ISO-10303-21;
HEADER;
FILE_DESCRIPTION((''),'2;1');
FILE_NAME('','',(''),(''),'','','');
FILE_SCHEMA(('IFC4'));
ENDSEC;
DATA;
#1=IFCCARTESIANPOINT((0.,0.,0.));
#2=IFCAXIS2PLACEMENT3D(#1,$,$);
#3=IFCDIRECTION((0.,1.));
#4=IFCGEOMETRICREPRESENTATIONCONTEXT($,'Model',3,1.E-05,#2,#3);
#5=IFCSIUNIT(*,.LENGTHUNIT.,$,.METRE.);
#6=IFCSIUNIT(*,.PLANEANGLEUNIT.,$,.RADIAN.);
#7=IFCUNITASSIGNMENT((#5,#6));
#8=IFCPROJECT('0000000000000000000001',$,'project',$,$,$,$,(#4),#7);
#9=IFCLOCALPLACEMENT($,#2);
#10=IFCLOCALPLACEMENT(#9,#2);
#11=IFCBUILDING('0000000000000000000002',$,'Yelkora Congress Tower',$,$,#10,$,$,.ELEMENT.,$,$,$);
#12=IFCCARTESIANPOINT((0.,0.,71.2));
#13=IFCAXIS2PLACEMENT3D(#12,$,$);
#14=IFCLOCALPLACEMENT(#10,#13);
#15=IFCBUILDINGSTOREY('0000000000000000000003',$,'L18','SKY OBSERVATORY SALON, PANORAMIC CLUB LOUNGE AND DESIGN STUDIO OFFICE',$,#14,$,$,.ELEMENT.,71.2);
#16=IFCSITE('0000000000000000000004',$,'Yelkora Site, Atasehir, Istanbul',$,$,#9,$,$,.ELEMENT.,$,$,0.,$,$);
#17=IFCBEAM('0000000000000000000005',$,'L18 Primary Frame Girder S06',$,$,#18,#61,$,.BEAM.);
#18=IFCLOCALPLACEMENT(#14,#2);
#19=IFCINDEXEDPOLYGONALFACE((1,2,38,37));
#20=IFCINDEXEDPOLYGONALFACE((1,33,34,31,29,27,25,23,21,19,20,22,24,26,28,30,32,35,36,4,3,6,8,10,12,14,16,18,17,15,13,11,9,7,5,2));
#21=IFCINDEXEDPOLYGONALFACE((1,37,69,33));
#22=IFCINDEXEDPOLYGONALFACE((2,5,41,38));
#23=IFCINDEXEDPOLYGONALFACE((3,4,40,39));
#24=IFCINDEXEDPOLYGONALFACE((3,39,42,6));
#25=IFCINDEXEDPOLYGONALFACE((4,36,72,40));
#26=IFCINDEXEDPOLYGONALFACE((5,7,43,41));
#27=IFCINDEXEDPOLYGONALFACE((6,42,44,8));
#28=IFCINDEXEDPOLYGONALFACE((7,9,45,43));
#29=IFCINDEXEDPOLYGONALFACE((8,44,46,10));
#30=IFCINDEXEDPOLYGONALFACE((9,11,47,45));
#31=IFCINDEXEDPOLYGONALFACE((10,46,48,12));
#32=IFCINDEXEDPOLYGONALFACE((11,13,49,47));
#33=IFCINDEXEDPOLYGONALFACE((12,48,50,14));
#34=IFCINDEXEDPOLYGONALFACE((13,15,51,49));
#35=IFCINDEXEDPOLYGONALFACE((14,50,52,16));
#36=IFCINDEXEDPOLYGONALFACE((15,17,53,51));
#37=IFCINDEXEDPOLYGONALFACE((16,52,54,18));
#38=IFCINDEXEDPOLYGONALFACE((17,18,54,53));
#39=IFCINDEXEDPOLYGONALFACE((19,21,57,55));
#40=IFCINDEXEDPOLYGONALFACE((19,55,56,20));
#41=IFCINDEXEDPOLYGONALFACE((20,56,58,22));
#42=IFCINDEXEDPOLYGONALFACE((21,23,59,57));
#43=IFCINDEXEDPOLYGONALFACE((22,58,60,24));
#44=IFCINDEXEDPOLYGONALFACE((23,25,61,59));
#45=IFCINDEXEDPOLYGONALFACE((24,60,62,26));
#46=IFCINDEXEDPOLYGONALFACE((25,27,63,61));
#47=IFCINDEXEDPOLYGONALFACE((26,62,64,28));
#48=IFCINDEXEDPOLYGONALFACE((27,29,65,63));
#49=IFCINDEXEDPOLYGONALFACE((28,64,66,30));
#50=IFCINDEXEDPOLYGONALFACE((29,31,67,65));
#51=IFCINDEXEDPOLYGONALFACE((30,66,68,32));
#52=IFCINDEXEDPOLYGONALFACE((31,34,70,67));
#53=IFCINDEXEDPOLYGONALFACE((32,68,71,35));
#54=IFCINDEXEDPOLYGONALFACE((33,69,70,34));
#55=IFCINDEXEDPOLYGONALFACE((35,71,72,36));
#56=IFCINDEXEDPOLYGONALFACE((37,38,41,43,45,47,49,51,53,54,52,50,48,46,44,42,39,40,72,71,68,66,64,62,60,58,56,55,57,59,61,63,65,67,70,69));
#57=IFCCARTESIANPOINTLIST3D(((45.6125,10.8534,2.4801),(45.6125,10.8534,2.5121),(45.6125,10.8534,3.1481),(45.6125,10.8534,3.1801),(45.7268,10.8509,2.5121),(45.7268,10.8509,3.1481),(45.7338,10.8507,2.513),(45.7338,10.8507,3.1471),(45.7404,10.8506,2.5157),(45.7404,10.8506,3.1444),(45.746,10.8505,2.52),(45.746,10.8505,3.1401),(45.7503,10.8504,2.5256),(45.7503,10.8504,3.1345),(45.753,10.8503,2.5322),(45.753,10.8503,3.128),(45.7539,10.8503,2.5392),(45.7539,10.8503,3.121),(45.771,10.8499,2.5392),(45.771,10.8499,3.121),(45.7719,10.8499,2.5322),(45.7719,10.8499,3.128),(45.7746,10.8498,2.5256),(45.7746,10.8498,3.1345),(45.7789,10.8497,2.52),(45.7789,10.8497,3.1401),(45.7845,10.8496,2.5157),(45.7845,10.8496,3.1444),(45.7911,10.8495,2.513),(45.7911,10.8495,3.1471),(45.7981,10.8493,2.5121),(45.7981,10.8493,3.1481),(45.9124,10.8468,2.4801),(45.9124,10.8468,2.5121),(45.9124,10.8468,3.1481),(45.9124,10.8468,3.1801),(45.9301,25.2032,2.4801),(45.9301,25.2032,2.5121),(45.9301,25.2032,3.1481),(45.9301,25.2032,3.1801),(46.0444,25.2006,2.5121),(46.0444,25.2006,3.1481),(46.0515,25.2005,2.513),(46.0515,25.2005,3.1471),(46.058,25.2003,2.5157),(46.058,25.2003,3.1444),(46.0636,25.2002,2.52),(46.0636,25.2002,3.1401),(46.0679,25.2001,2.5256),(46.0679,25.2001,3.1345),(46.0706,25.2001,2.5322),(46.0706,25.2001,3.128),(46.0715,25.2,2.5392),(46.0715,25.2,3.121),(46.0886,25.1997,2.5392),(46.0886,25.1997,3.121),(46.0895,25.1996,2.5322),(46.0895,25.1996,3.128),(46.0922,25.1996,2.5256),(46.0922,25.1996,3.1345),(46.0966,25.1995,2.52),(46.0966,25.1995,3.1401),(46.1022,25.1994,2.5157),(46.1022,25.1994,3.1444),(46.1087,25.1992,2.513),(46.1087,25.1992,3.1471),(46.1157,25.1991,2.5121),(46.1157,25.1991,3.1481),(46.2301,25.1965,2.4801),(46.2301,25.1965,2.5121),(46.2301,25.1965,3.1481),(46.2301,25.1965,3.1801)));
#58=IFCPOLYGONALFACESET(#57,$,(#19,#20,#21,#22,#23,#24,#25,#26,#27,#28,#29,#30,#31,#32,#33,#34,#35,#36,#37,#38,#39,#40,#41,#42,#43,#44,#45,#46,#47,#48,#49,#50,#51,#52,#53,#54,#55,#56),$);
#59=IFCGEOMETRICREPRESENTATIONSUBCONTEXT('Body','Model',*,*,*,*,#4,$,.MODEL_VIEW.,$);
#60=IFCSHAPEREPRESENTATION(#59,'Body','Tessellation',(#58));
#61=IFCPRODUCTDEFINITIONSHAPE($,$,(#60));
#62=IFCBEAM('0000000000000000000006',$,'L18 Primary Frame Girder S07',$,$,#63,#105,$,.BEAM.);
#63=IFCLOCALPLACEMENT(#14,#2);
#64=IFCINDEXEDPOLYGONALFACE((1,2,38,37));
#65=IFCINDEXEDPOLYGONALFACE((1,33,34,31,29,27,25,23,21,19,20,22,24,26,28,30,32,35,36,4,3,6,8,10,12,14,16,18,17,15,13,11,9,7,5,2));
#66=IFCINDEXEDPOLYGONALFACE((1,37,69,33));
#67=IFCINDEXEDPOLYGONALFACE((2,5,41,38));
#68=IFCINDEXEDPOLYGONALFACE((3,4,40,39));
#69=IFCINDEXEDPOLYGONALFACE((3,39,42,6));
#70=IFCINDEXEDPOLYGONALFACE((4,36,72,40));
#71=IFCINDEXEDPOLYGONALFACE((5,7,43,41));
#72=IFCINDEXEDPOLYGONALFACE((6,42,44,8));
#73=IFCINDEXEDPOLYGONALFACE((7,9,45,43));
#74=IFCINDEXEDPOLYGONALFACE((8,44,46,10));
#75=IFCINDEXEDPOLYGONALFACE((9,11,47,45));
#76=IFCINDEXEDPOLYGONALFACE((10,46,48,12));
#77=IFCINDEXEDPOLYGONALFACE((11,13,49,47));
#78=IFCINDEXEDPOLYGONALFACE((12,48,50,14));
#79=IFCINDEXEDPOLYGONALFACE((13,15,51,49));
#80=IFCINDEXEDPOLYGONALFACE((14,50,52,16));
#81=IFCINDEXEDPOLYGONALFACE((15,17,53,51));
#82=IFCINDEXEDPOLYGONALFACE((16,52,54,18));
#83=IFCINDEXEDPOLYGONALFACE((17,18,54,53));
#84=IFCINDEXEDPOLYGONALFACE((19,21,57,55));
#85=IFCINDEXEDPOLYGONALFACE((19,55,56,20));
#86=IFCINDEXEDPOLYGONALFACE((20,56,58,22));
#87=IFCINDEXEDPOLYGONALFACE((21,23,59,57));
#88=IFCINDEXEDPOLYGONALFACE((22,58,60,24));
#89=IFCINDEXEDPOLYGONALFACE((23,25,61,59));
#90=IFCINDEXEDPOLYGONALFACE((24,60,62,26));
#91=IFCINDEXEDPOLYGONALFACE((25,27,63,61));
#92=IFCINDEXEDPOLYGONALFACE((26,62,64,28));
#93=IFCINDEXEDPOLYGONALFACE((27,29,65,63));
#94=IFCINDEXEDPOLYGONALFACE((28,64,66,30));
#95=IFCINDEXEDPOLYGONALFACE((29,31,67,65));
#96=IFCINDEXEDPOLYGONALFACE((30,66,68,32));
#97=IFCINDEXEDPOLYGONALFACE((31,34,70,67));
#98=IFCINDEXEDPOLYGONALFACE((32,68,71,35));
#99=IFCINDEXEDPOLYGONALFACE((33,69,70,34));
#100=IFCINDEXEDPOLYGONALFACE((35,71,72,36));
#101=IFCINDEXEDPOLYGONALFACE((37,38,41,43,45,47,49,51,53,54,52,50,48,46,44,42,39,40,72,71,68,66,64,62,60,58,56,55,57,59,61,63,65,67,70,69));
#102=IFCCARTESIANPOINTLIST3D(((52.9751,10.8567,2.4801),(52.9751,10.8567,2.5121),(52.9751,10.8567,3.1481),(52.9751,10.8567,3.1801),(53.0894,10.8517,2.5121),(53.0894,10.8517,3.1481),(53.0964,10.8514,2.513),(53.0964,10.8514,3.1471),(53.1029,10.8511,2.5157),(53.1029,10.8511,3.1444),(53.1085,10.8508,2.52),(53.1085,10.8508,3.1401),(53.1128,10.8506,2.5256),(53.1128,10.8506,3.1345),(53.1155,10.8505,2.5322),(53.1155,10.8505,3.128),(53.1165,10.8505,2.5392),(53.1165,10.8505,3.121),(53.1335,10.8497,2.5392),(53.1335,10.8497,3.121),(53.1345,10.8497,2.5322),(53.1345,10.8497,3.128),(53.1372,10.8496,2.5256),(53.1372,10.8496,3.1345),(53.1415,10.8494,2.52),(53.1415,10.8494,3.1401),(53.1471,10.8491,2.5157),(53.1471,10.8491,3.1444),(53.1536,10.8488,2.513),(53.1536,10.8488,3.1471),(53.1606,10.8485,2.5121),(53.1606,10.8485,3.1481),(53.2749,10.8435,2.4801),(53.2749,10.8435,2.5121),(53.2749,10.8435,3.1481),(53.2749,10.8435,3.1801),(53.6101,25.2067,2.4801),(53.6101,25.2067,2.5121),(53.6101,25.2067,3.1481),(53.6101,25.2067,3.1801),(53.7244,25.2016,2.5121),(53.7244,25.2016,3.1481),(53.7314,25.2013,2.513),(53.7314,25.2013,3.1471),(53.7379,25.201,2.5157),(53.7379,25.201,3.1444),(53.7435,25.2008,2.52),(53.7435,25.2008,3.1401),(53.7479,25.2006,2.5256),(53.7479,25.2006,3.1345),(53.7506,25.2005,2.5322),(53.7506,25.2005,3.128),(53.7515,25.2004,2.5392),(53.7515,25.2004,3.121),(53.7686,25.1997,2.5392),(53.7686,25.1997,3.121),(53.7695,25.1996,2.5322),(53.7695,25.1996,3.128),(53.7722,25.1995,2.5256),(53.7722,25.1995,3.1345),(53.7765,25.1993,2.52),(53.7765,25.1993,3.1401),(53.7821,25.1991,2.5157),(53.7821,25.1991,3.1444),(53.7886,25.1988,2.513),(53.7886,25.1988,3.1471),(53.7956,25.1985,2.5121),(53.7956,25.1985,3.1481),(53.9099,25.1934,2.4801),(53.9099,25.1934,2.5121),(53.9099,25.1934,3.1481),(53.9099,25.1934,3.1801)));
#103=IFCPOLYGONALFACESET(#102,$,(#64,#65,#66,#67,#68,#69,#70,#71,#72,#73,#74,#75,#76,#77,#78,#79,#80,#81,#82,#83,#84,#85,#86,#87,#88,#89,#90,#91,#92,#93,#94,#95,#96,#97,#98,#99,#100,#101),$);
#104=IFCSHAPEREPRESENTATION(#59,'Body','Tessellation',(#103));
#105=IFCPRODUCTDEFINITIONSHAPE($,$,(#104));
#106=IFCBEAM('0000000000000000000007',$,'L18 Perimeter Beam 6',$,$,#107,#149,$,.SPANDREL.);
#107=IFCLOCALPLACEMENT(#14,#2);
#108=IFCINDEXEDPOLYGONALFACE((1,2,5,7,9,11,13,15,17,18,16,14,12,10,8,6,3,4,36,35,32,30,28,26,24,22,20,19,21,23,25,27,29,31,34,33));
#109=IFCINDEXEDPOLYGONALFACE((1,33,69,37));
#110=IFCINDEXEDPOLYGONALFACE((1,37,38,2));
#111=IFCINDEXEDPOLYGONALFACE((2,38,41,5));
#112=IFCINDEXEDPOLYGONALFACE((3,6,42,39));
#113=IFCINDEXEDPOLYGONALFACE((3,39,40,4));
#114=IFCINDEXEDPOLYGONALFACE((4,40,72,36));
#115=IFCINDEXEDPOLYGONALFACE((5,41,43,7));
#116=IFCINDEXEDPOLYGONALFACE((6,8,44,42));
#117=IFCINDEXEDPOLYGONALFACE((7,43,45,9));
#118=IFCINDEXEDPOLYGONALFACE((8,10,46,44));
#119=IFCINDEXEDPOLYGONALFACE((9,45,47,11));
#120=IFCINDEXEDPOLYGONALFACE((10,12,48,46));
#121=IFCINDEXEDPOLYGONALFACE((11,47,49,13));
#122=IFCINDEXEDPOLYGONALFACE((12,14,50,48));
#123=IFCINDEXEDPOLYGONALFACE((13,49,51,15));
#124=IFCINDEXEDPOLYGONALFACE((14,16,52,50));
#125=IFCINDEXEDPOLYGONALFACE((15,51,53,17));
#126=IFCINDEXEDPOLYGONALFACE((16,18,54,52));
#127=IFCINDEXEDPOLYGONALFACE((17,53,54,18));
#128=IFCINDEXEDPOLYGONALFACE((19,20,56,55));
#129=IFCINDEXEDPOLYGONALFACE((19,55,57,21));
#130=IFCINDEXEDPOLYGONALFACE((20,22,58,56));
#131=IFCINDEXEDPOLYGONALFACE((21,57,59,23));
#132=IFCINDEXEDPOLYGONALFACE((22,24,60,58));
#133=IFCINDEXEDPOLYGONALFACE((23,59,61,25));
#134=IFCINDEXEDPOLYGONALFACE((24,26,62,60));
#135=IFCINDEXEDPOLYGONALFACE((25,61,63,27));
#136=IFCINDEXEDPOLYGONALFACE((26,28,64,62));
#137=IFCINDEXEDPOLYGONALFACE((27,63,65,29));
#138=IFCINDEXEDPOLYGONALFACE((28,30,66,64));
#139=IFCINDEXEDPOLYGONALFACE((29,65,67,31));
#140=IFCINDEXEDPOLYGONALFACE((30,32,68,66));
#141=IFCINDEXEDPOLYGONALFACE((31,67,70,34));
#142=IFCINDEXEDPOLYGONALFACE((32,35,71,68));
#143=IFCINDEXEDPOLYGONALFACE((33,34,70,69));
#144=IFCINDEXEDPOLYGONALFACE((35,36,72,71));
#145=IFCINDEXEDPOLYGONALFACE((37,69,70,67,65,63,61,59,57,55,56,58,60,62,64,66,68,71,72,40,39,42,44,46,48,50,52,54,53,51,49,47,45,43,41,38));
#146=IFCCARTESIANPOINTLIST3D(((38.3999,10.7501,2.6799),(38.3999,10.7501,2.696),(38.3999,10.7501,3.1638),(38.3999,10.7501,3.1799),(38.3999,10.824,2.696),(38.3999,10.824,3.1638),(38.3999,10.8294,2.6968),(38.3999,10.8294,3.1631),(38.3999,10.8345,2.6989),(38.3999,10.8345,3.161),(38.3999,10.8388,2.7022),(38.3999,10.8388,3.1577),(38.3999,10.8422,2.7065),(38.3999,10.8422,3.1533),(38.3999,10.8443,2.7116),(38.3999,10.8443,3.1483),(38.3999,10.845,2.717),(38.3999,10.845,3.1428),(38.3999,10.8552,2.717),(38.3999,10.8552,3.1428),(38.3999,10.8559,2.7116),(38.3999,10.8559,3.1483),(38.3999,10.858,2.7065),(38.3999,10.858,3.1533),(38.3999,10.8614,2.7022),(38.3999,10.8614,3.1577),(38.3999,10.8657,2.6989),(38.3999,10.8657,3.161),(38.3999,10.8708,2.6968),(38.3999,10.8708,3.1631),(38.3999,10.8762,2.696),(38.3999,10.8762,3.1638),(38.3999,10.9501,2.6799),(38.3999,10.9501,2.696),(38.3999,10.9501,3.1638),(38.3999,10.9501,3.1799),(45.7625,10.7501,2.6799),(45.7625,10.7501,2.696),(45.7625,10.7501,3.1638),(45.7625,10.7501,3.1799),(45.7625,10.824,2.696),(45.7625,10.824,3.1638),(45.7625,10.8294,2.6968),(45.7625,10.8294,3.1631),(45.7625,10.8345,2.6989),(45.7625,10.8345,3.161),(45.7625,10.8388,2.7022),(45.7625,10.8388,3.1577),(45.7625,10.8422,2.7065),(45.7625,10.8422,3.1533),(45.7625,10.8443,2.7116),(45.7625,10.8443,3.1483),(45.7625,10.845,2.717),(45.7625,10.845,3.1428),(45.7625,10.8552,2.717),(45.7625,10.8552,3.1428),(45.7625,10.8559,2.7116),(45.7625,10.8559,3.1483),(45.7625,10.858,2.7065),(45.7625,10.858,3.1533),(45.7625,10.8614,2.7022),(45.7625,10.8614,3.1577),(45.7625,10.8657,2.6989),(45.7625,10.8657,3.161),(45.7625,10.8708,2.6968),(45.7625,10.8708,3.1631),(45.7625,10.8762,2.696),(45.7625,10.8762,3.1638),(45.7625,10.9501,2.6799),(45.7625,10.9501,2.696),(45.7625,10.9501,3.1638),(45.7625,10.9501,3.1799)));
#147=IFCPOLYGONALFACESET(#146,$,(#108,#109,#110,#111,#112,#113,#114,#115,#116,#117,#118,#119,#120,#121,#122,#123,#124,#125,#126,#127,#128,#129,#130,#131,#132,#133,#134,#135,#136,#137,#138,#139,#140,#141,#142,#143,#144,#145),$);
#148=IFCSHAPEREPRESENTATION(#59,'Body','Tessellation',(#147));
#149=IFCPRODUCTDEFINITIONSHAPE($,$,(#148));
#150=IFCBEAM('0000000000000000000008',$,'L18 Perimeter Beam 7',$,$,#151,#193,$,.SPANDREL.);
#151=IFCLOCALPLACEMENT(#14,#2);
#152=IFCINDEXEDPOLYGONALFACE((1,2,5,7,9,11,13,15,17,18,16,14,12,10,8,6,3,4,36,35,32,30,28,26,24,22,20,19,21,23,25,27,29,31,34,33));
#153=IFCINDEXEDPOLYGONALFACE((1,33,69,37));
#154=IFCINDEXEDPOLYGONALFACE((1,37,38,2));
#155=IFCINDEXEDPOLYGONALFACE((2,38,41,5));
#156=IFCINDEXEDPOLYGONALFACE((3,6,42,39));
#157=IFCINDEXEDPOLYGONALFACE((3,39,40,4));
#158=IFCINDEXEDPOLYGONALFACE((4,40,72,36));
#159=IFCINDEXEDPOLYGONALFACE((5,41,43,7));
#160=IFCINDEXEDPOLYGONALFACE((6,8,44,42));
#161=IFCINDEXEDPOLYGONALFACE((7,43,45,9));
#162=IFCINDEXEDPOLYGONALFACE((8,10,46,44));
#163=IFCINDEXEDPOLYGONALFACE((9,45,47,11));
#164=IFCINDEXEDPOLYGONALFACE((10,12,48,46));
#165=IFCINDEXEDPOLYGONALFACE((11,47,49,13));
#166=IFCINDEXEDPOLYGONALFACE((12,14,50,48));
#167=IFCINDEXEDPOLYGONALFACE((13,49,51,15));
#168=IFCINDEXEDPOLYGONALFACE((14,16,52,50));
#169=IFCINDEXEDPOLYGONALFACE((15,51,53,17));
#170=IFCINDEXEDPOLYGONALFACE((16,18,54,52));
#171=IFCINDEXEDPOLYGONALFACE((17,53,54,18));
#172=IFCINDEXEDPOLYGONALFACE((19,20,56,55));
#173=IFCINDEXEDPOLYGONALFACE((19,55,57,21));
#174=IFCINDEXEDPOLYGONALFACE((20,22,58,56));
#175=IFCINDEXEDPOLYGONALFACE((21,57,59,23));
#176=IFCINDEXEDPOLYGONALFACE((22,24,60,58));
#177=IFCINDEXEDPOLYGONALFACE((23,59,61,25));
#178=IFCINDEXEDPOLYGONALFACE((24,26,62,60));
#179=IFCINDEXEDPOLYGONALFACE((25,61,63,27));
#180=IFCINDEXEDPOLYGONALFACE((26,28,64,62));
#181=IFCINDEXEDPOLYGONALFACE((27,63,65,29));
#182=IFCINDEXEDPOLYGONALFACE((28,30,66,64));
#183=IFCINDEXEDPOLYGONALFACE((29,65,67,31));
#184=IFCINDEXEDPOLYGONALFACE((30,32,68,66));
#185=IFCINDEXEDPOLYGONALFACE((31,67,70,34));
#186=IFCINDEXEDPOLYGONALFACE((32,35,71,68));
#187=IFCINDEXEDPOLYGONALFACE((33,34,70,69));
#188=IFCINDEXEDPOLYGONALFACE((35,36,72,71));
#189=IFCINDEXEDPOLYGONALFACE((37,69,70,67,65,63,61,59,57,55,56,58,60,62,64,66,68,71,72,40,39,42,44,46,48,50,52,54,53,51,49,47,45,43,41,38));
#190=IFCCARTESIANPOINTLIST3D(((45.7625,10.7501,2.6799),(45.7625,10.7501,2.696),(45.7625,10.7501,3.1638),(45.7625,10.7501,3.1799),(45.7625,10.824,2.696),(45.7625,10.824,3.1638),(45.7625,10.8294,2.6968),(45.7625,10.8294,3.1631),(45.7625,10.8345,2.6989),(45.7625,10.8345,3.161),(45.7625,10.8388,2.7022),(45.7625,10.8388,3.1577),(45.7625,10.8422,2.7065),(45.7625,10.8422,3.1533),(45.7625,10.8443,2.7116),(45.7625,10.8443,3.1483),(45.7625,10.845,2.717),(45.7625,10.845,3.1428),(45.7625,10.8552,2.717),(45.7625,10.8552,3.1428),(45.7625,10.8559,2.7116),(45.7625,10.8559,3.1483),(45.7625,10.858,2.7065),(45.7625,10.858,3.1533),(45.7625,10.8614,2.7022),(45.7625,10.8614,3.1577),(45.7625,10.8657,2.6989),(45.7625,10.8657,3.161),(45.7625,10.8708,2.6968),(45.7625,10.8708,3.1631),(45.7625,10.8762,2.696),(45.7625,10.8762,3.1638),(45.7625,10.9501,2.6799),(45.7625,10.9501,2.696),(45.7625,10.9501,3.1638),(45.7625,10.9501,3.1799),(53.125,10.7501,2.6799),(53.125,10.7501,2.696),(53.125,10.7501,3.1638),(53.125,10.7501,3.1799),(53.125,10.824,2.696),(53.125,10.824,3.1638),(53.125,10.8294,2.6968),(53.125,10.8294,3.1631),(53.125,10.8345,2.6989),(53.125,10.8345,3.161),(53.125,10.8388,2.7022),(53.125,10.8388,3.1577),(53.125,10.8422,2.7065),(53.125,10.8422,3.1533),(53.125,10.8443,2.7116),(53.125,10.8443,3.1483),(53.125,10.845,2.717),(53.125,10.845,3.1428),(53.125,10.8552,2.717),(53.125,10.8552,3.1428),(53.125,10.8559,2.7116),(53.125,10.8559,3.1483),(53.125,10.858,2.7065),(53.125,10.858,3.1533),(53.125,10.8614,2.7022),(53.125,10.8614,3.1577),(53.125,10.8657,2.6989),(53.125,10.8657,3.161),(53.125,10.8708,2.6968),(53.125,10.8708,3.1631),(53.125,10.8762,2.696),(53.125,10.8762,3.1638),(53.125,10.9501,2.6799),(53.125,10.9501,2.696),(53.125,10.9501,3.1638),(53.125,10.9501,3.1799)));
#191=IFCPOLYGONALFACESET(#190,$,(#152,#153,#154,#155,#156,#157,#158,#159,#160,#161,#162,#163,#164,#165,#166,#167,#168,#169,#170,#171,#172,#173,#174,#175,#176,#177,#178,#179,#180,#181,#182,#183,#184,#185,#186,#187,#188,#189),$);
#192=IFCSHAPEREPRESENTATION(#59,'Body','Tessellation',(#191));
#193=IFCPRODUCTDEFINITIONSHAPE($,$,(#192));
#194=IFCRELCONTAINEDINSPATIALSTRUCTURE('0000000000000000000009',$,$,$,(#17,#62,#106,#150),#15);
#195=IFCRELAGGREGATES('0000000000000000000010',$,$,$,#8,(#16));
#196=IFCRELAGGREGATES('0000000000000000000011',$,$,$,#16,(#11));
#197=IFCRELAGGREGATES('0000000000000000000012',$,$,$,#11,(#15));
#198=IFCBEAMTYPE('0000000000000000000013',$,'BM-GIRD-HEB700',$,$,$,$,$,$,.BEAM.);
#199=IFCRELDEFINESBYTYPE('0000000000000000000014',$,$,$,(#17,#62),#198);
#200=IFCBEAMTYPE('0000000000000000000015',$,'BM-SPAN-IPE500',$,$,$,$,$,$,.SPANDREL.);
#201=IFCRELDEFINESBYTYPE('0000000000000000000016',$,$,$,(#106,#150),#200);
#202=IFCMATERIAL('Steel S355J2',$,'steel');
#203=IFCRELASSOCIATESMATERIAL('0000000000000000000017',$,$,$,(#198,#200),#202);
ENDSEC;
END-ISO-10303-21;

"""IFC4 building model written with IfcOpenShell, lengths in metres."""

from ifc_helpers import new_model, si_unit, direction, frame, origin, origin_2d, place, context, subcontext, project, spatial, i_section, extrude, material, material_profile, profile_set, type_object, element, save


model = new_model("IFC4")

# Units and contexts
model_context = context("Model", 3, precision=1e-05, world=origin(), true_north=direction((0.0, 1.0)))
body_context = subcontext(model_context, "Body", "Model", "MODEL_VIEW")
ifc_project = project(units=[si_unit("LENGTHUNIT", "METRE"), si_unit("PLANEANGLEUNIT", "RADIAN")], contexts=[model_context])

# Site, building, storey
site_placement = place(None, origin())
site = spatial("IfcSite", under=ifc_project, at=site_placement, Name="Yelkora Site, Atasehir, Istanbul", CompositionType="ELEMENT", RefElevation=0.0)
building_placement = place(site_placement, origin())
building = spatial("IfcBuilding", under=site, at=building_placement, Name="Yelkora Congress Tower", CompositionType="ELEMENT")
storey_placement = place(building_placement, frame((0.0, 0.0, 71.2)))
storey = spatial("IfcBuildingStorey", under=building, at=storey_placement, Name="L18", Description="SKY OBSERVATORY SALON, PANORAMIC CLUB LOUNGE AND DESIGN STUDIO OFFICE", CompositionType="ELEMENT", Elevation=71.2)

# Beams
ifc_material_1 = material(Name="Steel S355J2", Category="steel")
ifc_material_profile_1 = material_profile(ifc_material_1, i_section(OverallWidth=0.3, OverallDepth=0.7, WebThickness=0.0171, FlangeThickness=0.032, FilletRadius=0.0271, at=origin_2d()), Name="HEB 700")
ifc_profile_set_1 = profile_set([ifc_material_profile_1], Name="Steel S355J2")
beam_type_1 = type_object("IfcBeamType", Name="BM-GIRD-HEB700", PredefinedType="BEAM", material=ifc_profile_set_1)
beam_1_placement = place(storey_placement, frame((45.7625, 10.8501, 2.8301), z_axis=(0.022129, 0.999755, 0.0), x_axis=(-0.999755, 0.022129, 0.0)))
element("IfcBeam", 1, at=beam_1_placement, inside=storey, type_object=beam_type_1, Name="L18 Primary Frame Girder S06", PredefinedType="BEAM", context=body_context, shape_type="SweptSolid", body=[
    extrude(i_section(OverallWidth=0.3, OverallDepth=0.7, WebThickness=0.0171, FlangeThickness=0.032, FilletRadius=0.0271, at=origin_2d()), origin(), (0.0, 0.0, 1.0), 14.3533),
])
beam_2_placement = place(storey_placement, frame((53.125, 10.8501, 2.8301), z_axis=(0.044209, 0.999022, 0.0), x_axis=(-0.999022, 0.044209, 0.0)))
element("IfcBeam", 2, at=beam_2_placement, inside=storey, type_object=beam_type_1, Name="L18 Primary Frame Girder S07", PredefinedType="BEAM", context=body_context, shape_type="SweptSolid", body=[
    extrude(i_section(OverallWidth=0.3, OverallDepth=0.7, WebThickness=0.0171, FlangeThickness=0.032, FilletRadius=0.0271, at=origin_2d()), origin(), (0.0, 0.0, 1.0), 14.364),
])
ifc_material_profile_2 = material_profile(ifc_material_1, i_section(OverallWidth=0.2, OverallDepth=0.5, WebThickness=0.0103, FlangeThickness=0.0161, FilletRadius=0.021, at=origin_2d()), Name="IPE 500")
ifc_profile_set_2 = profile_set([ifc_material_profile_2], Name="Steel S355J2")
beam_type_2 = type_object("IfcBeamType", Name="BM-SPAN-IPE500", PredefinedType="SPANDREL", material=ifc_profile_set_2)
for number, where, z_axis, x_axis, name in (
    (3, (38.3999, 10.8501, 2.9299), (1.0, 0.0, 0.0), (0.0, 1.0, 0.0), "L18 Perimeter Beam 6"),
    (4, (45.7625, 10.8501, 2.9299), (1.0, 0.0, 0.0), (0.0, 1.0, 0.0), "L18 Perimeter Beam 7"),
):
    element("IfcBeam", number, at=place(storey_placement, frame(where, z_axis=z_axis, x_axis=x_axis)), inside=storey, type_object=beam_type_2, Name=name, PredefinedType="SPANDREL", context=body_context, shape_type="SweptSolid", body=[
        extrude(i_section(OverallWidth=0.2, OverallDepth=0.5, WebThickness=0.0103, FlangeThickness=0.0161, FilletRadius=0.021, at=origin_2d()), origin(), (0.0, 0.0, 1.0), 7.3625),
    ])

save(model, "model.ifc")
